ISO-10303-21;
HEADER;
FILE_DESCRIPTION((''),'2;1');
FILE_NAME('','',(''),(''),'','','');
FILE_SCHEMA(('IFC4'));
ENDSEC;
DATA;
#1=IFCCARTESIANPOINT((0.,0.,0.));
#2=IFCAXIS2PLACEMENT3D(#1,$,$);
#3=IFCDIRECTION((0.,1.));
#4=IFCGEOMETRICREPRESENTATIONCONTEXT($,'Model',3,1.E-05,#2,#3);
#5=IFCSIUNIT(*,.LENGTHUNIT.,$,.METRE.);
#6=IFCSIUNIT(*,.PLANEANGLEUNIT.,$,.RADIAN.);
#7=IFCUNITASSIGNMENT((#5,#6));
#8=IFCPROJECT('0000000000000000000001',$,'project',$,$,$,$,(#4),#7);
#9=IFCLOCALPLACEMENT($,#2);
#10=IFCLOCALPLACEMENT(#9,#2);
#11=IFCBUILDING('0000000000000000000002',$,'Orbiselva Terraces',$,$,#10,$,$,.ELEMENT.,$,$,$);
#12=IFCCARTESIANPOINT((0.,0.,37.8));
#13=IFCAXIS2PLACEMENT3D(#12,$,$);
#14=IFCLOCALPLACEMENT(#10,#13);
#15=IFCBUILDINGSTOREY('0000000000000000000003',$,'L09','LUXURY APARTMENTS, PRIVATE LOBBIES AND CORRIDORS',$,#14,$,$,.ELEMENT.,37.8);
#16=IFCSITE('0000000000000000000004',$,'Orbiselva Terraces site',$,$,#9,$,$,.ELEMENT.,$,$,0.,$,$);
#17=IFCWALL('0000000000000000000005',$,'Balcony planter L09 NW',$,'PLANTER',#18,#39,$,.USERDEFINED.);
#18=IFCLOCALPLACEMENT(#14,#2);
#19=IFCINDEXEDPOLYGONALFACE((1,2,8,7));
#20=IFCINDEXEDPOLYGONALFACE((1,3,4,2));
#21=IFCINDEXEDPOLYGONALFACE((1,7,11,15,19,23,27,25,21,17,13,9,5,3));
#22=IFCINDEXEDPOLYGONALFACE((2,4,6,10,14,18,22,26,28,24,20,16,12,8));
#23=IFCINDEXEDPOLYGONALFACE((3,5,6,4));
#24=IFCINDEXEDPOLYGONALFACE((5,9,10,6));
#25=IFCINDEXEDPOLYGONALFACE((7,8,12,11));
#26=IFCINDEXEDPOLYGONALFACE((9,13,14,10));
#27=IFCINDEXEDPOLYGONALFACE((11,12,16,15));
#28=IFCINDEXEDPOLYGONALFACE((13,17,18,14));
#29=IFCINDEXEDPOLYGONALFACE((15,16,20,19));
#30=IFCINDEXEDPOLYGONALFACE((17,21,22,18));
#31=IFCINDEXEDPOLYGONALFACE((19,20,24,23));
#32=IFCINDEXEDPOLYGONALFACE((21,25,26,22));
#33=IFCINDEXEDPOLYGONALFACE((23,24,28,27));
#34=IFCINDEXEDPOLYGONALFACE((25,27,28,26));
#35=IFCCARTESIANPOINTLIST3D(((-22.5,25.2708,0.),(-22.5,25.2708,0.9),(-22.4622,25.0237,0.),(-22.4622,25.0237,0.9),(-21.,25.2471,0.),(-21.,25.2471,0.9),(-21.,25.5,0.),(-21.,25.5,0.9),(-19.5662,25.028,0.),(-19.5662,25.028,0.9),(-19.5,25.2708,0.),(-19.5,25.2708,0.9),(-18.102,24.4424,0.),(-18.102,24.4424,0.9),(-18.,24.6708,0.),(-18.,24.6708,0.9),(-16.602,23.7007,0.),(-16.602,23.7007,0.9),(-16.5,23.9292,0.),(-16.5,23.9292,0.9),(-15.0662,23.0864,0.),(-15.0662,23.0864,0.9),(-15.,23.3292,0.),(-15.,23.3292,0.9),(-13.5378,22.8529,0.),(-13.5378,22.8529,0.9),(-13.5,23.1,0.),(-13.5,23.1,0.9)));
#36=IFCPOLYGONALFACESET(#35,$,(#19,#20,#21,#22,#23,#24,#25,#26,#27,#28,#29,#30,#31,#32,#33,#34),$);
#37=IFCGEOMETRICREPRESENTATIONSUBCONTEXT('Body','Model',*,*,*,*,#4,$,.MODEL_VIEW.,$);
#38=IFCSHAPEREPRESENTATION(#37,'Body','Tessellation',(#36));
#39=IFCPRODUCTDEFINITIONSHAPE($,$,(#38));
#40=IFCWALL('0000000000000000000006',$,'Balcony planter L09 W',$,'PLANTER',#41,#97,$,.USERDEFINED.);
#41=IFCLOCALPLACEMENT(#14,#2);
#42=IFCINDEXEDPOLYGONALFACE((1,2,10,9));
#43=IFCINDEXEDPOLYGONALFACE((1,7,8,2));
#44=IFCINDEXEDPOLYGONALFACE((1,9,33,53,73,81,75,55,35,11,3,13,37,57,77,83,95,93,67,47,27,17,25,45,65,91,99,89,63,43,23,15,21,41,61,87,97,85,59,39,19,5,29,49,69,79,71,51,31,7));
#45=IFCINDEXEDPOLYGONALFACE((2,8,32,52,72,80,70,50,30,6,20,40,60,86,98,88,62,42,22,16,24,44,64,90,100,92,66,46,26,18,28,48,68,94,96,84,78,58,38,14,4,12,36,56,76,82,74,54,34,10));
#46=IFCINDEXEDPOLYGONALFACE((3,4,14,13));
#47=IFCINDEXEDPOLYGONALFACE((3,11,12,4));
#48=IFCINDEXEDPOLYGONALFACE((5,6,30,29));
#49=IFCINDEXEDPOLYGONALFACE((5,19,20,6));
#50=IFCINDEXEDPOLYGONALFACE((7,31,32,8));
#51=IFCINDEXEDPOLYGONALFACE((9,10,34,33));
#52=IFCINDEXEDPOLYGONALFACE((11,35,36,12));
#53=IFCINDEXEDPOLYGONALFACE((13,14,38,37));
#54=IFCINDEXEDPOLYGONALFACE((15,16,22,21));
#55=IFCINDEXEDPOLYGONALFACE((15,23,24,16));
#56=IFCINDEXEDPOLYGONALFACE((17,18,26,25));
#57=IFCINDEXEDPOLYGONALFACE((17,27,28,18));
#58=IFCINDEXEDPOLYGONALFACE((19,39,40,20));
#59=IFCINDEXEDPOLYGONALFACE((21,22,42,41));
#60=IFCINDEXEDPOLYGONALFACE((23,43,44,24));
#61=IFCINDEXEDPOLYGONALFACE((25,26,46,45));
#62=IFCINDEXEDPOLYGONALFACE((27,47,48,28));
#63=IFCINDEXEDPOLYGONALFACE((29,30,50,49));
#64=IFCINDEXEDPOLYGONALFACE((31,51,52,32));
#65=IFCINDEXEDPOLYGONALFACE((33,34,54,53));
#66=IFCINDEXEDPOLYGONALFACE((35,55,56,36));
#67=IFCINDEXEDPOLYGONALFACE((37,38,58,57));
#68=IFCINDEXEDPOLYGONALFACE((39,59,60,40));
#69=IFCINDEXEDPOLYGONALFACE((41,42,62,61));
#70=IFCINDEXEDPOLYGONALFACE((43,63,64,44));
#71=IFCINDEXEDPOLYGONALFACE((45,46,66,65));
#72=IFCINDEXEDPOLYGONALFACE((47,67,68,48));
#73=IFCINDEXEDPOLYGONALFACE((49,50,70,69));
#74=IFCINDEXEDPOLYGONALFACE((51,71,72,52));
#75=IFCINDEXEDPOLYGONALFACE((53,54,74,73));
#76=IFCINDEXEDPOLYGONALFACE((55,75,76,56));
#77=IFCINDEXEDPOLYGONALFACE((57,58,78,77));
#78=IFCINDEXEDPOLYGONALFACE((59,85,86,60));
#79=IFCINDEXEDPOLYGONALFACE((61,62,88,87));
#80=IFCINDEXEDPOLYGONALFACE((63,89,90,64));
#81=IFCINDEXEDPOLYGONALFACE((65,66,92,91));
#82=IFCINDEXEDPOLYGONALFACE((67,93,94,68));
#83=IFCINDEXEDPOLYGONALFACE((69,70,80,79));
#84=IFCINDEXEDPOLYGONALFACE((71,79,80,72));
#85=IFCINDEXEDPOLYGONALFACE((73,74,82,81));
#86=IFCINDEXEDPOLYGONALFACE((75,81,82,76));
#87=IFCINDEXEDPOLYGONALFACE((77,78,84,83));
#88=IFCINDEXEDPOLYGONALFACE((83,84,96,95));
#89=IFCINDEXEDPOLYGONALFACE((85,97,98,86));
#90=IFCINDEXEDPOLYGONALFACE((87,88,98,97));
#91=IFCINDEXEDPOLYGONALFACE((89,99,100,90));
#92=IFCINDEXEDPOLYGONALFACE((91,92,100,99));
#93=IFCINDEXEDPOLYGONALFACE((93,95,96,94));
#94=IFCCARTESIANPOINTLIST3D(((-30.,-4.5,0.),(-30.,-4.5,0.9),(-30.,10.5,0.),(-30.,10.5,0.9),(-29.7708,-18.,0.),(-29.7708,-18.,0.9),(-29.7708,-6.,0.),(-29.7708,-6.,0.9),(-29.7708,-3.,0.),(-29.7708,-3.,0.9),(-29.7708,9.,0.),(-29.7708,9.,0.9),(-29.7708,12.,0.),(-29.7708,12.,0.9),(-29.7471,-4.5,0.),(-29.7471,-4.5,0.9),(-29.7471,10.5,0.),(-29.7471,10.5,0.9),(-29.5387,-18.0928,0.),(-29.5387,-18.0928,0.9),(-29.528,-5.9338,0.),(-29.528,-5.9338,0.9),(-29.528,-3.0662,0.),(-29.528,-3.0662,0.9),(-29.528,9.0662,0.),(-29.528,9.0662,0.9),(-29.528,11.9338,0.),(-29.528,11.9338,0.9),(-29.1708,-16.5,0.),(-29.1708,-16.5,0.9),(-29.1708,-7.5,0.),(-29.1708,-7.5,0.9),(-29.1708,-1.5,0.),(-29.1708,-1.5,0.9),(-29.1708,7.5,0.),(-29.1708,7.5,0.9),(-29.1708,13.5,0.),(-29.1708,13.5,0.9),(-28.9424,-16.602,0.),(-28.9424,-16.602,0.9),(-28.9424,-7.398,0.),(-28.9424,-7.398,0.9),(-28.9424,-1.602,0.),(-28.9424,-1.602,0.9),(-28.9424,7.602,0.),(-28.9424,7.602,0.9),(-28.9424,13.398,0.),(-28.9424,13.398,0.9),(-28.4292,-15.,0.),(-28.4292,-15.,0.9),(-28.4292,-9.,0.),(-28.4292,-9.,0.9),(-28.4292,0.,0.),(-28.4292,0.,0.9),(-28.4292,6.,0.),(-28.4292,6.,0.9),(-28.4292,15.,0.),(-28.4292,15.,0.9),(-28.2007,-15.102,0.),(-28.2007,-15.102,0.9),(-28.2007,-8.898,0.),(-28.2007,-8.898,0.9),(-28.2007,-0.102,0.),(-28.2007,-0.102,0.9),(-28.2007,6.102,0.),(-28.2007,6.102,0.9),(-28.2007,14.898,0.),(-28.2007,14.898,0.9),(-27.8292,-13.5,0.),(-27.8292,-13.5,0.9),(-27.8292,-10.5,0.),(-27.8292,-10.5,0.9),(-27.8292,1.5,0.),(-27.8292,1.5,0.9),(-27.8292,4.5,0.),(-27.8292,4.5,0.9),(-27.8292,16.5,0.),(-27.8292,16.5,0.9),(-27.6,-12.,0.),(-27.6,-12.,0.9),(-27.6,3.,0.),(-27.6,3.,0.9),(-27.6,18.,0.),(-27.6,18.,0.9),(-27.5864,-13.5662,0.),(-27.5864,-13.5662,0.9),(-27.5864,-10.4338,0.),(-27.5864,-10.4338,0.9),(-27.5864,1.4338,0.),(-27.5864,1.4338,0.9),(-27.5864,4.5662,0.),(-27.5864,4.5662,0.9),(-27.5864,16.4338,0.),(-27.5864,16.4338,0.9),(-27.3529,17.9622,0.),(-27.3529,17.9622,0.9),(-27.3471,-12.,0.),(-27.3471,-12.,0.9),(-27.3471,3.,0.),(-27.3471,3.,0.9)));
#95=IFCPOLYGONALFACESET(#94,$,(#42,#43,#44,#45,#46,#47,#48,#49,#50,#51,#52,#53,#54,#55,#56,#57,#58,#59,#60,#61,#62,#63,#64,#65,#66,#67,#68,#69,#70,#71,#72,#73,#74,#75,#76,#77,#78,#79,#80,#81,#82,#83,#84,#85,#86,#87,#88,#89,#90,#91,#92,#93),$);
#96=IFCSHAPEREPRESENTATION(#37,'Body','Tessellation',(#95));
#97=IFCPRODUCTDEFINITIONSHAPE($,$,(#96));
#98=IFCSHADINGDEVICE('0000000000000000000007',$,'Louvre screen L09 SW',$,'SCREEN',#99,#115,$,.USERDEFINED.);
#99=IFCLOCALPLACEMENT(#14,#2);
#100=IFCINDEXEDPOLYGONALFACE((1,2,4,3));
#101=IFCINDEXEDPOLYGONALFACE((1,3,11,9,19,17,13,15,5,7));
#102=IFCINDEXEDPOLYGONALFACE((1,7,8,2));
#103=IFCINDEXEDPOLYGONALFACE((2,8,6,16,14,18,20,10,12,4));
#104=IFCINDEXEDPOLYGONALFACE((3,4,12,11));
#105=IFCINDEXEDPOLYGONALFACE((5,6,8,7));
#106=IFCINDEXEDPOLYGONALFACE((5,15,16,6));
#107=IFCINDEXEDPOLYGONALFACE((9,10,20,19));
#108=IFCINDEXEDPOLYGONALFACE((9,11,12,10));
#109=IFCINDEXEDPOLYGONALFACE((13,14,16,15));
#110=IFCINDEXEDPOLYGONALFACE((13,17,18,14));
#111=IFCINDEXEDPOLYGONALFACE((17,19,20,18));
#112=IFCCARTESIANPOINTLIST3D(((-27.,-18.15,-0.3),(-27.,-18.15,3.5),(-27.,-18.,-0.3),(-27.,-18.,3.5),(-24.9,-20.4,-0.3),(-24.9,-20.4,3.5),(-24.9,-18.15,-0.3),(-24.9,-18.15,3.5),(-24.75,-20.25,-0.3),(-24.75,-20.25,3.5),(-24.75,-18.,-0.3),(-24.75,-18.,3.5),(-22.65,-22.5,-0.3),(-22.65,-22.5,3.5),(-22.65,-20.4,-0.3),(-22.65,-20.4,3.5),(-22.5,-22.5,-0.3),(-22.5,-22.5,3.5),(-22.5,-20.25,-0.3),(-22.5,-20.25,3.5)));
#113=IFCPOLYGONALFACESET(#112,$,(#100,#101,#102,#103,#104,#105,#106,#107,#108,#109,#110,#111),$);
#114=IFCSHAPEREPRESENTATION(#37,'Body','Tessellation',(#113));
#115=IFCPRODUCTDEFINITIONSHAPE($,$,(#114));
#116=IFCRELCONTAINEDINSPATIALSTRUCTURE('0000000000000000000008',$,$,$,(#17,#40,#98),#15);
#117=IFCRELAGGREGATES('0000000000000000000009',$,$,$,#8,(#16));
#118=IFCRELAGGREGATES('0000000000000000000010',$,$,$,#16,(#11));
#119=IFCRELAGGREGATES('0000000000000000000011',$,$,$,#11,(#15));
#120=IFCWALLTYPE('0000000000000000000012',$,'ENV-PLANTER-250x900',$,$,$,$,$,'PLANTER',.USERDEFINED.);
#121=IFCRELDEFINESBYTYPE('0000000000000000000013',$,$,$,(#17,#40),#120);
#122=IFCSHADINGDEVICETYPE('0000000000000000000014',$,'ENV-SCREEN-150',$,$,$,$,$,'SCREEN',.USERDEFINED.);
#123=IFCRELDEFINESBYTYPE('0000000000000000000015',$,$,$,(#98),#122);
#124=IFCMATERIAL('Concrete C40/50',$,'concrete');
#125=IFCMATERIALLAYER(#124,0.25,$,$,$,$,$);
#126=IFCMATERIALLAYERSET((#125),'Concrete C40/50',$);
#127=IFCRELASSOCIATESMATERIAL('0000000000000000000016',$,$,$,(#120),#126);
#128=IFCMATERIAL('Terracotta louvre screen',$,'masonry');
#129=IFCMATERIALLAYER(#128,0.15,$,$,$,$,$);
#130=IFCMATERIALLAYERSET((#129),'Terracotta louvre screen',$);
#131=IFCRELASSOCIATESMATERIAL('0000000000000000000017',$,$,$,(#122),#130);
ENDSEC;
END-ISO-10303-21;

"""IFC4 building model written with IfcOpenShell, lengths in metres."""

from ifc_helpers import new_model, si_unit, direction, frame, origin, place, context, subcontext, project, spatial, polyline, outline, extrude, material, layer, layer_set, type_object, element, save


model = new_model("IFC4")

# Units and contexts
model_context = context("Model", 3, precision=1e-05, world=origin(), true_north=direction((0.0, 1.0)))
body_context = subcontext(model_context, "Body", "Model", "MODEL_VIEW")
ifc_project = project(units=[si_unit("LENGTHUNIT", "METRE"), si_unit("PLANEANGLEUNIT", "RADIAN")], contexts=[model_context])

# Site, building, storey
site_placement = place(None, origin())
site = spatial("IfcSite", under=ifc_project, at=site_placement, Name="Orbiselva Terraces site", CompositionType="ELEMENT", RefElevation=0.0)
building_placement = place(site_placement, origin())
building = spatial("IfcBuilding", under=site, at=building_placement, Name="Orbiselva Terraces", CompositionType="ELEMENT")
storey_placement = place(building_placement, frame((0.0, 0.0, 37.8)))
storey = spatial("IfcBuildingStorey", under=building, at=storey_placement, Name="L09", Description="LUXURY APARTMENTS, PRIVATE LOBBIES AND CORRIDORS", CompositionType="ELEMENT", Elevation=37.8)

# Shared definitions
ifc_material_1 = material(Name="Concrete C40/50", Category="concrete")

# Walls
ifc_layer_1 = layer(ifc_material_1, 0.25)
ifc_layer_set_1 = layer_set([ifc_layer_1], Name="Concrete C40/50")
wall_type = type_object("IfcWallType", Name="ENV-PLANTER-250x900", ElementType="PLANTER", PredefinedType="USERDEFINED", material=ifc_layer_set_1)
wall_1_placement = place(storey_placement, origin())
element("IfcWall", 1, at=wall_1_placement, inside=storey, type_object=wall_type, Name="Balcony planter L09 NW", ObjectType="PLANTER", PredefinedType="USERDEFINED", context=body_context, shape_type="SweptSolid", body=[
    extrude(outline(polyline([(-13.5, 23.1), (-15.0, 23.3292), (-16.5, 23.9292), (-18.0, 24.6708), (-19.5, 25.2708), (-21.0, 25.5), (-22.5, 25.2708), (-22.4622, 25.0237), (-21.0, 25.2471), (-19.5662, 25.028), (-18.102, 24.4424), (-16.602, 23.7007), (-15.0662, 23.0864), (-13.5378, 22.8529), (-13.5, 23.1)])), origin(), (0.0, 0.0, 1.0), 0.9),
])
wall_2_placement = place(storey_placement, origin())
element("IfcWall", 2, at=wall_2_placement, inside=storey, type_object=wall_type, Name="Balcony planter L09 W", ObjectType="PLANTER", PredefinedType="USERDEFINED", context=body_context, shape_type="SweptSolid", body=[
    extrude(outline(polyline([(-27.6, 18.0), (-27.8292, 16.5), (-28.4292, 15.0), (-29.1708, 13.5), (-29.7708, 12.0), (-30.0, 10.5), (-29.7708, 9.0), (-29.1708, 7.5), (-28.4292, 6.0), (-27.8292, 4.5), (-27.6, 3.0), (-27.8292, 1.5), (-28.4292, 0.0), (-29.1708, -1.5), (-29.7708, -3.0), (-30.0, -4.5), (-29.7708, -6.0), (-29.1708, -7.5), (-28.4292, -9.0), (-27.8292, -10.5), (-27.6, -12.0), (-27.8292, -13.5), (-28.4292, -15.0), (-29.1708, -16.5), (-29.7708, -18.0), (-29.5387, -18.0928), (-28.9424, -16.602), (-28.2007, -15.102), (-27.5864, -13.5662), (-27.3471, -12.0), (-27.5864, -10.4338), (-28.2007, -8.898), (-28.9424, -7.398), (-29.528, -5.9338), (-29.7471, -4.5), (-29.528, -3.0662), (-28.9424, -1.602), (-28.2007, -0.102), (-27.5864, 1.4338), (-27.3471, 3.0), (-27.5864, 4.5662), (-28.2007, 6.102), (-28.9424, 7.602), (-29.528, 9.0662), (-29.7471, 10.5), (-29.528, 11.9338), (-28.9424, 13.398), (-28.2007, 14.898), (-27.5864, 16.4338), (-27.3529, 17.9622), (-27.6, 18.0)])), origin(), (0.0, 0.0, 1.0), 0.9),
])

# Shading device
ifc_material_2 = material(Name="Terracotta louvre screen", Category="masonry")
ifc_layer_2 = layer(ifc_material_2, 0.15)
ifc_layer_set_2 = layer_set([ifc_layer_2], Name="Terracotta louvre screen")
shading_device_type = type_object("IfcShadingDeviceType", Name="ENV-SCREEN-150", ElementType="SCREEN", PredefinedType="USERDEFINED", material=ifc_layer_set_2)
shading_device_placement = place(storey_placement, frame((0.0, 0.0, -0.3)))
element("IfcShadingDevice", 3, at=shading_device_placement, inside=storey, type_object=shading_device_type, Name="Louvre screen L09 SW", ObjectType="SCREEN", PredefinedType="USERDEFINED", context=body_context, shape_type="SweptSolid", body=[
    extrude(outline(polyline([(-27.0, -18.15), (-24.9, -18.15), (-24.9, -20.4), (-22.65, -20.4), (-22.65, -22.5), (-22.5, -22.5), (-22.5, -20.25), (-24.75, -20.25), (-24.75, -18.0), (-27.0, -18.0), (-27.0, -18.15)])), origin(), (0.0, 0.0, 1.0), 3.8),
])

save(model, "model.ifc")
